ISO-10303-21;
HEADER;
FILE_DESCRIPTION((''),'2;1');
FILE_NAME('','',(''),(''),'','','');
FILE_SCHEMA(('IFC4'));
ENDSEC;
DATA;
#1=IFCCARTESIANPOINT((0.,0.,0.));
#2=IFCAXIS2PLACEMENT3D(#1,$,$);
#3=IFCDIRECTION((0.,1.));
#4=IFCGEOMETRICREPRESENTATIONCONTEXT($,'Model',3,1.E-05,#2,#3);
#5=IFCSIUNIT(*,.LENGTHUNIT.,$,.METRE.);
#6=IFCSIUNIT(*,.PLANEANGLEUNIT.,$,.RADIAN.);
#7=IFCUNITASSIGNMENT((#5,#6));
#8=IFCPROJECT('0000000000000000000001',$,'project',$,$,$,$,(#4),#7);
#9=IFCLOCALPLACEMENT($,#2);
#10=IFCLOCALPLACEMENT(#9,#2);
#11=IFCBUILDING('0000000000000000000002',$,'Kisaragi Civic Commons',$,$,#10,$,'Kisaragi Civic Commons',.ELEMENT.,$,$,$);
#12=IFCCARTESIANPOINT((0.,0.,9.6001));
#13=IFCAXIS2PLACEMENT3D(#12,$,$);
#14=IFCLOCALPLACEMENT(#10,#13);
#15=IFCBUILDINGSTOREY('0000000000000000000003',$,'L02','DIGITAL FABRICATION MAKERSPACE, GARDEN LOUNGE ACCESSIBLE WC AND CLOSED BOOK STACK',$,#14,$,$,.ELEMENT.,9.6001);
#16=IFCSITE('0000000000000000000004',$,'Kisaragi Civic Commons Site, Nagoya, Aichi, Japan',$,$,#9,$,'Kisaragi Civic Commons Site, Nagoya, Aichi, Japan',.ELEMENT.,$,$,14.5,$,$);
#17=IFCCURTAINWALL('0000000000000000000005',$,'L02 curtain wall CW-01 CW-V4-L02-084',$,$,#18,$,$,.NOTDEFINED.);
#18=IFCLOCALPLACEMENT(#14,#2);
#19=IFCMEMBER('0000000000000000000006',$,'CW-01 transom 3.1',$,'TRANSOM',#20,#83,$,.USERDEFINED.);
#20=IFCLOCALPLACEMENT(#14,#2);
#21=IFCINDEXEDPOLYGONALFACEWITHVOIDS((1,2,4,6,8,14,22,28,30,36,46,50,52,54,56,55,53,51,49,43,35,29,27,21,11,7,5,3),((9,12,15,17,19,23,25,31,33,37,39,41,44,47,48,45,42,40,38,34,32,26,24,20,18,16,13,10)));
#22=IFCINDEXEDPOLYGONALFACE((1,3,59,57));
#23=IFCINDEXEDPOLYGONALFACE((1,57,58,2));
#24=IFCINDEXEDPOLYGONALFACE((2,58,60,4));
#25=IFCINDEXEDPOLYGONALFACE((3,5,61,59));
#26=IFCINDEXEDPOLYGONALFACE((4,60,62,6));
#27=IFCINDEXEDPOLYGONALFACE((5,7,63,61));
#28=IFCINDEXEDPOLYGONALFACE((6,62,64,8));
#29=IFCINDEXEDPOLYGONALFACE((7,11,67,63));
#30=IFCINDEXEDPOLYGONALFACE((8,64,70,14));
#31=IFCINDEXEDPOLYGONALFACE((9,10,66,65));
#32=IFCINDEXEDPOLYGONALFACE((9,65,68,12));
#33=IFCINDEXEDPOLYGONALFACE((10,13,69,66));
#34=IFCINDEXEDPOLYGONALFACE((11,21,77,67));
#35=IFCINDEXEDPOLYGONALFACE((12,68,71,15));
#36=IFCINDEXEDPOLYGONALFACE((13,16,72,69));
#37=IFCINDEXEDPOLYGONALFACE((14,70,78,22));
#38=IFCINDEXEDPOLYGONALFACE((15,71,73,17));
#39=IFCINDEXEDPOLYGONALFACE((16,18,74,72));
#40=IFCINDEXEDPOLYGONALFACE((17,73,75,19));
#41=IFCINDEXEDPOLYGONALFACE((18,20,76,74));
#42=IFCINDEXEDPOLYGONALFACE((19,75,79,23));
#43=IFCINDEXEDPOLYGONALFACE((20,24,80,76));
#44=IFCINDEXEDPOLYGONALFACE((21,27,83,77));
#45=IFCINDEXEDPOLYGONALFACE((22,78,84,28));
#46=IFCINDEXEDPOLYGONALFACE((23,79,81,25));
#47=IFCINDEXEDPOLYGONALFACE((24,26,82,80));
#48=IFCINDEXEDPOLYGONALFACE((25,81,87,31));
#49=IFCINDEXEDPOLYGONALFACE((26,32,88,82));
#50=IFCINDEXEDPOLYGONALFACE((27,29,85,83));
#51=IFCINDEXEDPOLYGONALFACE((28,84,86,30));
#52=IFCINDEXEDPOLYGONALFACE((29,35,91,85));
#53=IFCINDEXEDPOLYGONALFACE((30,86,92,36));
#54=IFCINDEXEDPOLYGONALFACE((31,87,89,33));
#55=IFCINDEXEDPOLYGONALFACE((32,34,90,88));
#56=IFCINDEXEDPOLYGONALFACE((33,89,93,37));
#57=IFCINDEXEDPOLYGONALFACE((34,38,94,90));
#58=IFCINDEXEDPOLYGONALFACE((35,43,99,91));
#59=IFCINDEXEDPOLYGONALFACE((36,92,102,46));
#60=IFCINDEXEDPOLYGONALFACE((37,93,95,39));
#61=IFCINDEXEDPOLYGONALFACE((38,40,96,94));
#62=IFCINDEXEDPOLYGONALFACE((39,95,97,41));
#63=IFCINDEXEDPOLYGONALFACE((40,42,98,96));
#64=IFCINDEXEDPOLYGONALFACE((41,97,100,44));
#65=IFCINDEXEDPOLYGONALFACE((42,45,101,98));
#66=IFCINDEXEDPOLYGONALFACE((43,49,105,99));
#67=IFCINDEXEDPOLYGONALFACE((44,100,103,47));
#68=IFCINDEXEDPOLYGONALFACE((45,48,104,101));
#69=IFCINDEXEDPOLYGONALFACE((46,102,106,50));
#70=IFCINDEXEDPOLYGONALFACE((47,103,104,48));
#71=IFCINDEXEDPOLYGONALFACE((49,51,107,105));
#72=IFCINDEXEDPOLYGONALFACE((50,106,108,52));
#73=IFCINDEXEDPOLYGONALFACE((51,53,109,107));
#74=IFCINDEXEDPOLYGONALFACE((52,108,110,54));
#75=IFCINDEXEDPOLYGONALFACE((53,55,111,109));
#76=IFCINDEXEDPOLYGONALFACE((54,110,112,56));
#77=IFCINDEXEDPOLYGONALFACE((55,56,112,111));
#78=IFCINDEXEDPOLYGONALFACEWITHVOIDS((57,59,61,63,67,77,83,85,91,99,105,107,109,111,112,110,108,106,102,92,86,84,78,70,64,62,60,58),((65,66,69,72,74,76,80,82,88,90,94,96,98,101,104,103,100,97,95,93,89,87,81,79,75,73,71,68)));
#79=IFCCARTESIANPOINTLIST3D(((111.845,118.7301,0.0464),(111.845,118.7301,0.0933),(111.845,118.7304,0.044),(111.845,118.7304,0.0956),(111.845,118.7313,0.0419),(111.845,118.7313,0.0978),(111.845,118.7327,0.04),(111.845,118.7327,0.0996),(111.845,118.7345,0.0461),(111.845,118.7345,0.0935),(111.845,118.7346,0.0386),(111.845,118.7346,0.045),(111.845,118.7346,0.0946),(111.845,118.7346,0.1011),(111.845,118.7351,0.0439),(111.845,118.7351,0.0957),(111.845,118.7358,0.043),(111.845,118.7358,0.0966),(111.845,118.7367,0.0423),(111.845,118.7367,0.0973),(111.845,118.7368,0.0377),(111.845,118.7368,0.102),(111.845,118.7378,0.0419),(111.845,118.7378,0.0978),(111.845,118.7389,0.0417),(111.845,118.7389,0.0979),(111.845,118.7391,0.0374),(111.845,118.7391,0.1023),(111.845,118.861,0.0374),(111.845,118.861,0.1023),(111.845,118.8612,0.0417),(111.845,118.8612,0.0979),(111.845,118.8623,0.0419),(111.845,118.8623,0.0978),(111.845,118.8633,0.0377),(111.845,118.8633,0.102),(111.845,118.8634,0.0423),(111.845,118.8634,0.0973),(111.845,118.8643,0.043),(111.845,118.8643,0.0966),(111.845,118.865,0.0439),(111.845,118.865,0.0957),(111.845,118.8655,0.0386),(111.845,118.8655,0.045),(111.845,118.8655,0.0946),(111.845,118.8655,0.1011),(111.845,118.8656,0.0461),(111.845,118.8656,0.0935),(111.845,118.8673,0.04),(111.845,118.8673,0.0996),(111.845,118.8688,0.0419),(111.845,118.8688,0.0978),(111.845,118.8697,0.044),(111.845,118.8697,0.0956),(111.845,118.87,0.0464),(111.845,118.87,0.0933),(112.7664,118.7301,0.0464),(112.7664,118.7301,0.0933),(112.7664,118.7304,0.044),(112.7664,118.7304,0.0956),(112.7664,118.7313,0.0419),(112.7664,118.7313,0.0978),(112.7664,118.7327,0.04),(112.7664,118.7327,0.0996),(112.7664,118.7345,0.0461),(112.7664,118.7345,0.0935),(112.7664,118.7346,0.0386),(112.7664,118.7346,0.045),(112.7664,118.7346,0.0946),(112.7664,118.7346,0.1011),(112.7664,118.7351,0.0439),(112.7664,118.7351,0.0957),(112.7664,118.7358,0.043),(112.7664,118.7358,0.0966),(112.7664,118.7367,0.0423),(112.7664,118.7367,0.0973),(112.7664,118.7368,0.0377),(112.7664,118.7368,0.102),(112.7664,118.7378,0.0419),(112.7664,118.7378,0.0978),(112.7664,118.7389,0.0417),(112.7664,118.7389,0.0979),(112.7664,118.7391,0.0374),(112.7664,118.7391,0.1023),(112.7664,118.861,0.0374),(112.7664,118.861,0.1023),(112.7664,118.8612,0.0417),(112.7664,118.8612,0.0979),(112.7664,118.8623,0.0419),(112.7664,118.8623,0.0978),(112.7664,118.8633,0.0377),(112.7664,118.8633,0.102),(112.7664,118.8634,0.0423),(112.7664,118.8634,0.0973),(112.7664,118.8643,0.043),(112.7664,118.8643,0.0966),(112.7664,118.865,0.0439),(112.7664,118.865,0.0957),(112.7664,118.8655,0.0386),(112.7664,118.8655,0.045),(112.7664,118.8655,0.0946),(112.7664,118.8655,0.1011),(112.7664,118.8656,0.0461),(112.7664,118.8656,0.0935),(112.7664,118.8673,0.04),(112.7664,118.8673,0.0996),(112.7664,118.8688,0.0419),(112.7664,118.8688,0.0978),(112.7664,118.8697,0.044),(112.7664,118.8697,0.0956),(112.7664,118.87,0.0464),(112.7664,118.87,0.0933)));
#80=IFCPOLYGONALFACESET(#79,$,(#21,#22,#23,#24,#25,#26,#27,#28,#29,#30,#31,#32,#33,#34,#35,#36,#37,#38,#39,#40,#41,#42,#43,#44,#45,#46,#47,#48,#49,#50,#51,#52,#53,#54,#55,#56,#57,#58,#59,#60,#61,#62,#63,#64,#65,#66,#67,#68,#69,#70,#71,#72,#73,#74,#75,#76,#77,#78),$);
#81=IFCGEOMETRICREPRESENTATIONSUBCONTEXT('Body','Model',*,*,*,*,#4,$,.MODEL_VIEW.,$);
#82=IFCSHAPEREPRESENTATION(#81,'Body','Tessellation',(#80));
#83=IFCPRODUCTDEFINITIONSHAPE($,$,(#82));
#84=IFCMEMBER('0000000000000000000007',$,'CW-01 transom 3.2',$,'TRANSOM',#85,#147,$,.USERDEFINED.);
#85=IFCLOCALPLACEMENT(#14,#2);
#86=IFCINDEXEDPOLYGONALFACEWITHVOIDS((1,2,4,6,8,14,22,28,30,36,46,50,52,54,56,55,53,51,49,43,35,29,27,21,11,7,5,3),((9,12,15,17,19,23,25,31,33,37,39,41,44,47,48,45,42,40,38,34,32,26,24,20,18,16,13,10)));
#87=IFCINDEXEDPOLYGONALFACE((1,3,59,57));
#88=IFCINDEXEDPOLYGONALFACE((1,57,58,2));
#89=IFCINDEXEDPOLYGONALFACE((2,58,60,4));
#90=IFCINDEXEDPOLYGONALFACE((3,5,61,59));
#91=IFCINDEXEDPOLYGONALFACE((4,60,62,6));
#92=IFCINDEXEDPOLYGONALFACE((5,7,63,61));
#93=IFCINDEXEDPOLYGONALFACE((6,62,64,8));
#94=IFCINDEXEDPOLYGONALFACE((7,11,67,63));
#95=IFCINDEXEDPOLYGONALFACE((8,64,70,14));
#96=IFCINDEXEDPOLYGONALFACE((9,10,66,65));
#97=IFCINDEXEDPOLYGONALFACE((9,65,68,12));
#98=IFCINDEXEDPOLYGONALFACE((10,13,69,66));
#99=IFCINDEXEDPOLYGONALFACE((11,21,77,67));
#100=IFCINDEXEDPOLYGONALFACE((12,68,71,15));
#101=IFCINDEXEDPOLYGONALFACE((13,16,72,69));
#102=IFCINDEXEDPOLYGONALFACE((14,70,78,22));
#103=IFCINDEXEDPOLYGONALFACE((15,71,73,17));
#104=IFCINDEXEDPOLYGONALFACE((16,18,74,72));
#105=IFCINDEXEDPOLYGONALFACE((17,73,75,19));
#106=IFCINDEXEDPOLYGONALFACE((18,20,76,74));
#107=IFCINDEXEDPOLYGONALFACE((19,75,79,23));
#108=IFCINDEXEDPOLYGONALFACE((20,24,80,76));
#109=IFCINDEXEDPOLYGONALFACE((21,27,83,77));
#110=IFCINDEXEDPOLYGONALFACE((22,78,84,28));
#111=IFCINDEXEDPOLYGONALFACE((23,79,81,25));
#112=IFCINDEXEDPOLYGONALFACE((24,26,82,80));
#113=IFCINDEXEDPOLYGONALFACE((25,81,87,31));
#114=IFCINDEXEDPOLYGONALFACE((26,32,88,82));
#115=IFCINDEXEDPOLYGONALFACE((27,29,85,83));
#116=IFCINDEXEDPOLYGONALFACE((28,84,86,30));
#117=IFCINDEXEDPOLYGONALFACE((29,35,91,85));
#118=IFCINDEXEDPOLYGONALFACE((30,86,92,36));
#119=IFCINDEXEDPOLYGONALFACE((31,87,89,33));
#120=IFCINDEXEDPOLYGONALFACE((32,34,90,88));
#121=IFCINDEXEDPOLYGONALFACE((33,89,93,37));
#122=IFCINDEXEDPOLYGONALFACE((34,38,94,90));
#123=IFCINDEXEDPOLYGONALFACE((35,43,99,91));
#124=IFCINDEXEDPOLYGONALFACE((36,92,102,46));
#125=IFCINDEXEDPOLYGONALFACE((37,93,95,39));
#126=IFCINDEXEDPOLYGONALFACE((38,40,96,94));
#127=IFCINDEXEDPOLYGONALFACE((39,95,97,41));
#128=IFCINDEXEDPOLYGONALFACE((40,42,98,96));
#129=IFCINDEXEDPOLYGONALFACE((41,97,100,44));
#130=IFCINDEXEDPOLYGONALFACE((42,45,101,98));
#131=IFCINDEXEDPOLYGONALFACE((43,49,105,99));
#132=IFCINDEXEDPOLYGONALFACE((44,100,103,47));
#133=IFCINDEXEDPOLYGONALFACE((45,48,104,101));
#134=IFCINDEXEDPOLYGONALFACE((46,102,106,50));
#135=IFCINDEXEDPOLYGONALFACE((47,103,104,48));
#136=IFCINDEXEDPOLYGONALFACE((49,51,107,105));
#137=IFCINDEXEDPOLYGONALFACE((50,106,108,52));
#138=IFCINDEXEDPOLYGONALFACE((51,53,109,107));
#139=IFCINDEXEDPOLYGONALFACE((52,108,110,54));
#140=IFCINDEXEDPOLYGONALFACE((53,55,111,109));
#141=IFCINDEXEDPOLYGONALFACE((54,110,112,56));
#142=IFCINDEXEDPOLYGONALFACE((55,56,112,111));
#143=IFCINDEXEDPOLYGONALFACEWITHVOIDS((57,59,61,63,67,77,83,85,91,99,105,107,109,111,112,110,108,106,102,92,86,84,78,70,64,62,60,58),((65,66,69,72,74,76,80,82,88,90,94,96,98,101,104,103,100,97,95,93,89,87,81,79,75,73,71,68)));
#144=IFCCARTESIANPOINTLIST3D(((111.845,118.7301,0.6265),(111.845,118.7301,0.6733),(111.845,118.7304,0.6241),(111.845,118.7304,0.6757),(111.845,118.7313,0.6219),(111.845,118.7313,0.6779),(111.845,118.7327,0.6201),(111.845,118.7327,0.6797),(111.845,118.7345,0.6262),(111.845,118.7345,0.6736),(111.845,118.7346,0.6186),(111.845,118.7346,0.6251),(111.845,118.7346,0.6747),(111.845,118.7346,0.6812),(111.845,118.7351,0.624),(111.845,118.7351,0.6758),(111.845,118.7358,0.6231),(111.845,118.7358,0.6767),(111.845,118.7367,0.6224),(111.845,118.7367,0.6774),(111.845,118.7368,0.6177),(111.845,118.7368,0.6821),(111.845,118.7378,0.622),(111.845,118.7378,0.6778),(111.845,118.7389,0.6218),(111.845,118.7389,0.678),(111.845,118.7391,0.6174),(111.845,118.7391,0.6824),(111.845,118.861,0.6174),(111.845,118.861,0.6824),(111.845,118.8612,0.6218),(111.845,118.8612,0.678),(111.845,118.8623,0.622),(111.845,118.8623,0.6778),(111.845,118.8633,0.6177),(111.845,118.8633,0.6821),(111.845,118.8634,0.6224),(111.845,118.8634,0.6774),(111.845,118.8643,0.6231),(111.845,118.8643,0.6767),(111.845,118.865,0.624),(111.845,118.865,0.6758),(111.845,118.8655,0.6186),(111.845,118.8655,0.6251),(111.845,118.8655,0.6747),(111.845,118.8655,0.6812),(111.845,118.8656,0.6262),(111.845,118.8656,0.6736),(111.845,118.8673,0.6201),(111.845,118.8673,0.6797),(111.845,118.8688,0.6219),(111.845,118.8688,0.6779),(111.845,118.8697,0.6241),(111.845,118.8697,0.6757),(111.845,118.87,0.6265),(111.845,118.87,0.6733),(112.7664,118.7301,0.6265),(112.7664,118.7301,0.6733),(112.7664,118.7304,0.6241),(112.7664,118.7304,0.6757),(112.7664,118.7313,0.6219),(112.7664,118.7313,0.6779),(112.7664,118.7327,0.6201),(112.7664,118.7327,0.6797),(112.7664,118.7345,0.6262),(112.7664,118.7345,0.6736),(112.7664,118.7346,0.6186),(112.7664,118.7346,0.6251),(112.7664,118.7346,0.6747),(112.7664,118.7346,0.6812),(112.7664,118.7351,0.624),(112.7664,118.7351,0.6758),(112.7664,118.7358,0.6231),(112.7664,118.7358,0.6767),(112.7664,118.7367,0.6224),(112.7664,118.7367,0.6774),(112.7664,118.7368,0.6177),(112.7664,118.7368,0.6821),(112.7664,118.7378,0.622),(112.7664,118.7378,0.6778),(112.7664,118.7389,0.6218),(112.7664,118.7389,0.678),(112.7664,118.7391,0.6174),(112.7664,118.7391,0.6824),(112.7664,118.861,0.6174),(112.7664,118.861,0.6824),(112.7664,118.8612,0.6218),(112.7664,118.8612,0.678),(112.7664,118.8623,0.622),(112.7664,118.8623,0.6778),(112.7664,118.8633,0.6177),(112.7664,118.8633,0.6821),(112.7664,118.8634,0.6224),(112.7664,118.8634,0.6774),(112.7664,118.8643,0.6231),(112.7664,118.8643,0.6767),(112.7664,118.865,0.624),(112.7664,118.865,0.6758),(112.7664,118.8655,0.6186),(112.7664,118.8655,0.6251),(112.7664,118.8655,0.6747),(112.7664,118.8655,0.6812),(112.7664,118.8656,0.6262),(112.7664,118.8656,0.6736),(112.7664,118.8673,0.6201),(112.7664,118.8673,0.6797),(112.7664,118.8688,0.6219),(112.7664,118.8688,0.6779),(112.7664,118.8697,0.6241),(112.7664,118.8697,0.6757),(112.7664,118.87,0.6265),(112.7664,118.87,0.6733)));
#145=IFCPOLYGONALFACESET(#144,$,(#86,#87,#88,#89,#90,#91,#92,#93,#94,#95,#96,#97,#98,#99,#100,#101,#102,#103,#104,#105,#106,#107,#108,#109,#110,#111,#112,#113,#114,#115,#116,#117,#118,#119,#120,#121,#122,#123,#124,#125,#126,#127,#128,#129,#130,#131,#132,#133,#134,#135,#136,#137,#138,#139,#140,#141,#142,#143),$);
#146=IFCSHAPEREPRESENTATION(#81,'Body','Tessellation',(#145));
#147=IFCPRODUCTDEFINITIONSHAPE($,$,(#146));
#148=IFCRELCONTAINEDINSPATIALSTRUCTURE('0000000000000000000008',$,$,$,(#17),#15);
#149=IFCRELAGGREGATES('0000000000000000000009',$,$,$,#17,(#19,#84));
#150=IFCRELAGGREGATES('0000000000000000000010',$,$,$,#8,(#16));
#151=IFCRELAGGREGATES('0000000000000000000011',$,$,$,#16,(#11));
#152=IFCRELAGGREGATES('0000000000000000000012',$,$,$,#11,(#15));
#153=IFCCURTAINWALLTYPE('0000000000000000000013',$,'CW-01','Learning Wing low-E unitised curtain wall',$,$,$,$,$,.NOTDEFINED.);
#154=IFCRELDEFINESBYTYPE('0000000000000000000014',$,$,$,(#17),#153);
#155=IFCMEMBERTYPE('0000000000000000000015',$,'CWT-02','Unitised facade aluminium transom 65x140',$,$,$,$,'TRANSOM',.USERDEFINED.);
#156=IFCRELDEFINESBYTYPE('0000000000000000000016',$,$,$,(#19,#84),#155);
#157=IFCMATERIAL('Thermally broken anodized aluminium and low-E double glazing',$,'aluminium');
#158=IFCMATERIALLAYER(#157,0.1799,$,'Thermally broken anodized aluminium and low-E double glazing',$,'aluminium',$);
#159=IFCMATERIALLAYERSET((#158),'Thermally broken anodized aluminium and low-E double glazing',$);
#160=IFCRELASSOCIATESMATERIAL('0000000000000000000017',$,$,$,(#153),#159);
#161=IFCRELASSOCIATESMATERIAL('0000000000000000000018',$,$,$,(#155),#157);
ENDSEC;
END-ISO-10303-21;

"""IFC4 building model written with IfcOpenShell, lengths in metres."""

from ifc_helpers import new_model, si_unit, direction, frame, origin, origin_2d, place, context, subcontext, project, spatial, hollow_rectangle, extrude, material, layer, layer_set, material_profile, profile_set, type_object, element, aggregate, save


model = new_model("IFC4")

# Units and contexts
model_context = context("Model", 3, precision=1e-05, world=origin(), true_north=direction((0.0, 1.0)))
body_context = subcontext(model_context, "Body", "Model", "MODEL_VIEW")
ifc_project = project(units=[si_unit("LENGTHUNIT", "METRE"), si_unit("PLANEANGLEUNIT", "RADIAN")], contexts=[model_context])

# Site, building, storey
site_placement = place(None, origin())
site = spatial("IfcSite", under=ifc_project, at=site_placement, Name="Kisaragi Civic Commons Site, Nagoya, Aichi, Japan", LongName="Kisaragi Civic Commons Site, Nagoya, Aichi, Japan", CompositionType="ELEMENT", RefElevation=14.5)
building_placement = place(site_placement, origin())
building = spatial("IfcBuilding", under=site, at=building_placement, Name="Kisaragi Civic Commons", LongName="Kisaragi Civic Commons", CompositionType="ELEMENT")
storey_placement = place(building_placement, frame((0.0, 0.0, 9.6001)))
storey = spatial("IfcBuildingStorey", under=building, at=storey_placement, Name="L02", Description="DIGITAL FABRICATION MAKERSPACE, GARDEN LOUNGE ACCESSIBLE WC AND CLOSED BOOK STACK", CompositionType="ELEMENT", Elevation=9.6001)

# Curtain wall, members
ifc_material_1 = material(Name="Thermally broken anodized aluminium and low-E double glazing", Category="aluminium")
ifc_layer_1 = layer(ifc_material_1, 0.1799, Name="Thermally broken anodized aluminium and low-E double glazing", Category="aluminium")
ifc_layer_set_1 = layer_set([ifc_layer_1], Name="Thermally broken anodized aluminium and low-E double glazing")
curtain_wall_type = type_object("IfcCurtainWallType", Name="CW-01", Description="Learning Wing low-E unitised curtain wall", PredefinedType="NOTDEFINED", material=ifc_layer_set_1)
curtain_wall_placement = place(storey_placement, origin())
curtain_wall = element("IfcCurtainWall", 1, at=curtain_wall_placement, inside=storey, type_object=curtain_wall_type, Name="L02 curtain wall CW-01 CW-V4-L02-084", PredefinedType="NOTDEFINED")
ifc_material_profile_1 = material_profile(ifc_material_1, hollow_rectangle(XDim=0.1399, YDim=0.0649, WallThickness=0.0044, InnerFilletRadius=0.0044, OuterFilletRadius=0.009, at=origin_2d()), Name="CWT-65x140x4.5", Category="aluminium")
ifc_profile_set_1 = profile_set([ifc_material_profile_1], Name="Thermally broken anodized aluminium and low-E double glazing")
member_type_1 = type_object("IfcMemberType", Name="CWT-02", Description="Unitised facade aluminium transom 65x140", ElementType="TRANSOM", PredefinedType="USERDEFINED", material=ifc_profile_set_1)
member_1_placement = place(storey_placement, frame((111.845, 118.8, 0.0698), z_axis=(1.0, 0.0, 0.0), x_axis=(0.0, 1.0, 0.0)))
member_1 = element("IfcMember", 2, at=member_1_placement, type_object=member_type_1, Name="CW-01 transom 3.1", ObjectType="TRANSOM", PredefinedType="USERDEFINED", context=body_context, shape_type="SweptSolid", body=[
    extrude(hollow_rectangle(XDim=0.1399, YDim=0.0649, WallThickness=0.0044, InnerFilletRadius=0.0044, OuterFilletRadius=0.009, at=origin_2d()), origin(), (0.0, 0.0, 1.0), 0.9214),
])
member_2_placement = place(storey_placement, frame((111.845, 118.8, 0.6499), z_axis=(1.0, 0.0, 0.0), x_axis=(0.0, 1.0, 0.0)))
member_2 = element("IfcMember", 3, at=member_2_placement, type_object=member_type_1, Name="CW-01 transom 3.2", ObjectType="TRANSOM", PredefinedType="USERDEFINED", context=body_context, shape_type="SweptSolid", body=[
    extrude(hollow_rectangle(XDim=0.1399, YDim=0.0649, WallThickness=0.0044, InnerFilletRadius=0.0044, OuterFilletRadius=0.009, at=origin_2d()), origin(), (0.0, 0.0, 1.0), 0.9214),
])
aggregate(curtain_wall, [member_1, member_2])

save(model, "model.ifc")
